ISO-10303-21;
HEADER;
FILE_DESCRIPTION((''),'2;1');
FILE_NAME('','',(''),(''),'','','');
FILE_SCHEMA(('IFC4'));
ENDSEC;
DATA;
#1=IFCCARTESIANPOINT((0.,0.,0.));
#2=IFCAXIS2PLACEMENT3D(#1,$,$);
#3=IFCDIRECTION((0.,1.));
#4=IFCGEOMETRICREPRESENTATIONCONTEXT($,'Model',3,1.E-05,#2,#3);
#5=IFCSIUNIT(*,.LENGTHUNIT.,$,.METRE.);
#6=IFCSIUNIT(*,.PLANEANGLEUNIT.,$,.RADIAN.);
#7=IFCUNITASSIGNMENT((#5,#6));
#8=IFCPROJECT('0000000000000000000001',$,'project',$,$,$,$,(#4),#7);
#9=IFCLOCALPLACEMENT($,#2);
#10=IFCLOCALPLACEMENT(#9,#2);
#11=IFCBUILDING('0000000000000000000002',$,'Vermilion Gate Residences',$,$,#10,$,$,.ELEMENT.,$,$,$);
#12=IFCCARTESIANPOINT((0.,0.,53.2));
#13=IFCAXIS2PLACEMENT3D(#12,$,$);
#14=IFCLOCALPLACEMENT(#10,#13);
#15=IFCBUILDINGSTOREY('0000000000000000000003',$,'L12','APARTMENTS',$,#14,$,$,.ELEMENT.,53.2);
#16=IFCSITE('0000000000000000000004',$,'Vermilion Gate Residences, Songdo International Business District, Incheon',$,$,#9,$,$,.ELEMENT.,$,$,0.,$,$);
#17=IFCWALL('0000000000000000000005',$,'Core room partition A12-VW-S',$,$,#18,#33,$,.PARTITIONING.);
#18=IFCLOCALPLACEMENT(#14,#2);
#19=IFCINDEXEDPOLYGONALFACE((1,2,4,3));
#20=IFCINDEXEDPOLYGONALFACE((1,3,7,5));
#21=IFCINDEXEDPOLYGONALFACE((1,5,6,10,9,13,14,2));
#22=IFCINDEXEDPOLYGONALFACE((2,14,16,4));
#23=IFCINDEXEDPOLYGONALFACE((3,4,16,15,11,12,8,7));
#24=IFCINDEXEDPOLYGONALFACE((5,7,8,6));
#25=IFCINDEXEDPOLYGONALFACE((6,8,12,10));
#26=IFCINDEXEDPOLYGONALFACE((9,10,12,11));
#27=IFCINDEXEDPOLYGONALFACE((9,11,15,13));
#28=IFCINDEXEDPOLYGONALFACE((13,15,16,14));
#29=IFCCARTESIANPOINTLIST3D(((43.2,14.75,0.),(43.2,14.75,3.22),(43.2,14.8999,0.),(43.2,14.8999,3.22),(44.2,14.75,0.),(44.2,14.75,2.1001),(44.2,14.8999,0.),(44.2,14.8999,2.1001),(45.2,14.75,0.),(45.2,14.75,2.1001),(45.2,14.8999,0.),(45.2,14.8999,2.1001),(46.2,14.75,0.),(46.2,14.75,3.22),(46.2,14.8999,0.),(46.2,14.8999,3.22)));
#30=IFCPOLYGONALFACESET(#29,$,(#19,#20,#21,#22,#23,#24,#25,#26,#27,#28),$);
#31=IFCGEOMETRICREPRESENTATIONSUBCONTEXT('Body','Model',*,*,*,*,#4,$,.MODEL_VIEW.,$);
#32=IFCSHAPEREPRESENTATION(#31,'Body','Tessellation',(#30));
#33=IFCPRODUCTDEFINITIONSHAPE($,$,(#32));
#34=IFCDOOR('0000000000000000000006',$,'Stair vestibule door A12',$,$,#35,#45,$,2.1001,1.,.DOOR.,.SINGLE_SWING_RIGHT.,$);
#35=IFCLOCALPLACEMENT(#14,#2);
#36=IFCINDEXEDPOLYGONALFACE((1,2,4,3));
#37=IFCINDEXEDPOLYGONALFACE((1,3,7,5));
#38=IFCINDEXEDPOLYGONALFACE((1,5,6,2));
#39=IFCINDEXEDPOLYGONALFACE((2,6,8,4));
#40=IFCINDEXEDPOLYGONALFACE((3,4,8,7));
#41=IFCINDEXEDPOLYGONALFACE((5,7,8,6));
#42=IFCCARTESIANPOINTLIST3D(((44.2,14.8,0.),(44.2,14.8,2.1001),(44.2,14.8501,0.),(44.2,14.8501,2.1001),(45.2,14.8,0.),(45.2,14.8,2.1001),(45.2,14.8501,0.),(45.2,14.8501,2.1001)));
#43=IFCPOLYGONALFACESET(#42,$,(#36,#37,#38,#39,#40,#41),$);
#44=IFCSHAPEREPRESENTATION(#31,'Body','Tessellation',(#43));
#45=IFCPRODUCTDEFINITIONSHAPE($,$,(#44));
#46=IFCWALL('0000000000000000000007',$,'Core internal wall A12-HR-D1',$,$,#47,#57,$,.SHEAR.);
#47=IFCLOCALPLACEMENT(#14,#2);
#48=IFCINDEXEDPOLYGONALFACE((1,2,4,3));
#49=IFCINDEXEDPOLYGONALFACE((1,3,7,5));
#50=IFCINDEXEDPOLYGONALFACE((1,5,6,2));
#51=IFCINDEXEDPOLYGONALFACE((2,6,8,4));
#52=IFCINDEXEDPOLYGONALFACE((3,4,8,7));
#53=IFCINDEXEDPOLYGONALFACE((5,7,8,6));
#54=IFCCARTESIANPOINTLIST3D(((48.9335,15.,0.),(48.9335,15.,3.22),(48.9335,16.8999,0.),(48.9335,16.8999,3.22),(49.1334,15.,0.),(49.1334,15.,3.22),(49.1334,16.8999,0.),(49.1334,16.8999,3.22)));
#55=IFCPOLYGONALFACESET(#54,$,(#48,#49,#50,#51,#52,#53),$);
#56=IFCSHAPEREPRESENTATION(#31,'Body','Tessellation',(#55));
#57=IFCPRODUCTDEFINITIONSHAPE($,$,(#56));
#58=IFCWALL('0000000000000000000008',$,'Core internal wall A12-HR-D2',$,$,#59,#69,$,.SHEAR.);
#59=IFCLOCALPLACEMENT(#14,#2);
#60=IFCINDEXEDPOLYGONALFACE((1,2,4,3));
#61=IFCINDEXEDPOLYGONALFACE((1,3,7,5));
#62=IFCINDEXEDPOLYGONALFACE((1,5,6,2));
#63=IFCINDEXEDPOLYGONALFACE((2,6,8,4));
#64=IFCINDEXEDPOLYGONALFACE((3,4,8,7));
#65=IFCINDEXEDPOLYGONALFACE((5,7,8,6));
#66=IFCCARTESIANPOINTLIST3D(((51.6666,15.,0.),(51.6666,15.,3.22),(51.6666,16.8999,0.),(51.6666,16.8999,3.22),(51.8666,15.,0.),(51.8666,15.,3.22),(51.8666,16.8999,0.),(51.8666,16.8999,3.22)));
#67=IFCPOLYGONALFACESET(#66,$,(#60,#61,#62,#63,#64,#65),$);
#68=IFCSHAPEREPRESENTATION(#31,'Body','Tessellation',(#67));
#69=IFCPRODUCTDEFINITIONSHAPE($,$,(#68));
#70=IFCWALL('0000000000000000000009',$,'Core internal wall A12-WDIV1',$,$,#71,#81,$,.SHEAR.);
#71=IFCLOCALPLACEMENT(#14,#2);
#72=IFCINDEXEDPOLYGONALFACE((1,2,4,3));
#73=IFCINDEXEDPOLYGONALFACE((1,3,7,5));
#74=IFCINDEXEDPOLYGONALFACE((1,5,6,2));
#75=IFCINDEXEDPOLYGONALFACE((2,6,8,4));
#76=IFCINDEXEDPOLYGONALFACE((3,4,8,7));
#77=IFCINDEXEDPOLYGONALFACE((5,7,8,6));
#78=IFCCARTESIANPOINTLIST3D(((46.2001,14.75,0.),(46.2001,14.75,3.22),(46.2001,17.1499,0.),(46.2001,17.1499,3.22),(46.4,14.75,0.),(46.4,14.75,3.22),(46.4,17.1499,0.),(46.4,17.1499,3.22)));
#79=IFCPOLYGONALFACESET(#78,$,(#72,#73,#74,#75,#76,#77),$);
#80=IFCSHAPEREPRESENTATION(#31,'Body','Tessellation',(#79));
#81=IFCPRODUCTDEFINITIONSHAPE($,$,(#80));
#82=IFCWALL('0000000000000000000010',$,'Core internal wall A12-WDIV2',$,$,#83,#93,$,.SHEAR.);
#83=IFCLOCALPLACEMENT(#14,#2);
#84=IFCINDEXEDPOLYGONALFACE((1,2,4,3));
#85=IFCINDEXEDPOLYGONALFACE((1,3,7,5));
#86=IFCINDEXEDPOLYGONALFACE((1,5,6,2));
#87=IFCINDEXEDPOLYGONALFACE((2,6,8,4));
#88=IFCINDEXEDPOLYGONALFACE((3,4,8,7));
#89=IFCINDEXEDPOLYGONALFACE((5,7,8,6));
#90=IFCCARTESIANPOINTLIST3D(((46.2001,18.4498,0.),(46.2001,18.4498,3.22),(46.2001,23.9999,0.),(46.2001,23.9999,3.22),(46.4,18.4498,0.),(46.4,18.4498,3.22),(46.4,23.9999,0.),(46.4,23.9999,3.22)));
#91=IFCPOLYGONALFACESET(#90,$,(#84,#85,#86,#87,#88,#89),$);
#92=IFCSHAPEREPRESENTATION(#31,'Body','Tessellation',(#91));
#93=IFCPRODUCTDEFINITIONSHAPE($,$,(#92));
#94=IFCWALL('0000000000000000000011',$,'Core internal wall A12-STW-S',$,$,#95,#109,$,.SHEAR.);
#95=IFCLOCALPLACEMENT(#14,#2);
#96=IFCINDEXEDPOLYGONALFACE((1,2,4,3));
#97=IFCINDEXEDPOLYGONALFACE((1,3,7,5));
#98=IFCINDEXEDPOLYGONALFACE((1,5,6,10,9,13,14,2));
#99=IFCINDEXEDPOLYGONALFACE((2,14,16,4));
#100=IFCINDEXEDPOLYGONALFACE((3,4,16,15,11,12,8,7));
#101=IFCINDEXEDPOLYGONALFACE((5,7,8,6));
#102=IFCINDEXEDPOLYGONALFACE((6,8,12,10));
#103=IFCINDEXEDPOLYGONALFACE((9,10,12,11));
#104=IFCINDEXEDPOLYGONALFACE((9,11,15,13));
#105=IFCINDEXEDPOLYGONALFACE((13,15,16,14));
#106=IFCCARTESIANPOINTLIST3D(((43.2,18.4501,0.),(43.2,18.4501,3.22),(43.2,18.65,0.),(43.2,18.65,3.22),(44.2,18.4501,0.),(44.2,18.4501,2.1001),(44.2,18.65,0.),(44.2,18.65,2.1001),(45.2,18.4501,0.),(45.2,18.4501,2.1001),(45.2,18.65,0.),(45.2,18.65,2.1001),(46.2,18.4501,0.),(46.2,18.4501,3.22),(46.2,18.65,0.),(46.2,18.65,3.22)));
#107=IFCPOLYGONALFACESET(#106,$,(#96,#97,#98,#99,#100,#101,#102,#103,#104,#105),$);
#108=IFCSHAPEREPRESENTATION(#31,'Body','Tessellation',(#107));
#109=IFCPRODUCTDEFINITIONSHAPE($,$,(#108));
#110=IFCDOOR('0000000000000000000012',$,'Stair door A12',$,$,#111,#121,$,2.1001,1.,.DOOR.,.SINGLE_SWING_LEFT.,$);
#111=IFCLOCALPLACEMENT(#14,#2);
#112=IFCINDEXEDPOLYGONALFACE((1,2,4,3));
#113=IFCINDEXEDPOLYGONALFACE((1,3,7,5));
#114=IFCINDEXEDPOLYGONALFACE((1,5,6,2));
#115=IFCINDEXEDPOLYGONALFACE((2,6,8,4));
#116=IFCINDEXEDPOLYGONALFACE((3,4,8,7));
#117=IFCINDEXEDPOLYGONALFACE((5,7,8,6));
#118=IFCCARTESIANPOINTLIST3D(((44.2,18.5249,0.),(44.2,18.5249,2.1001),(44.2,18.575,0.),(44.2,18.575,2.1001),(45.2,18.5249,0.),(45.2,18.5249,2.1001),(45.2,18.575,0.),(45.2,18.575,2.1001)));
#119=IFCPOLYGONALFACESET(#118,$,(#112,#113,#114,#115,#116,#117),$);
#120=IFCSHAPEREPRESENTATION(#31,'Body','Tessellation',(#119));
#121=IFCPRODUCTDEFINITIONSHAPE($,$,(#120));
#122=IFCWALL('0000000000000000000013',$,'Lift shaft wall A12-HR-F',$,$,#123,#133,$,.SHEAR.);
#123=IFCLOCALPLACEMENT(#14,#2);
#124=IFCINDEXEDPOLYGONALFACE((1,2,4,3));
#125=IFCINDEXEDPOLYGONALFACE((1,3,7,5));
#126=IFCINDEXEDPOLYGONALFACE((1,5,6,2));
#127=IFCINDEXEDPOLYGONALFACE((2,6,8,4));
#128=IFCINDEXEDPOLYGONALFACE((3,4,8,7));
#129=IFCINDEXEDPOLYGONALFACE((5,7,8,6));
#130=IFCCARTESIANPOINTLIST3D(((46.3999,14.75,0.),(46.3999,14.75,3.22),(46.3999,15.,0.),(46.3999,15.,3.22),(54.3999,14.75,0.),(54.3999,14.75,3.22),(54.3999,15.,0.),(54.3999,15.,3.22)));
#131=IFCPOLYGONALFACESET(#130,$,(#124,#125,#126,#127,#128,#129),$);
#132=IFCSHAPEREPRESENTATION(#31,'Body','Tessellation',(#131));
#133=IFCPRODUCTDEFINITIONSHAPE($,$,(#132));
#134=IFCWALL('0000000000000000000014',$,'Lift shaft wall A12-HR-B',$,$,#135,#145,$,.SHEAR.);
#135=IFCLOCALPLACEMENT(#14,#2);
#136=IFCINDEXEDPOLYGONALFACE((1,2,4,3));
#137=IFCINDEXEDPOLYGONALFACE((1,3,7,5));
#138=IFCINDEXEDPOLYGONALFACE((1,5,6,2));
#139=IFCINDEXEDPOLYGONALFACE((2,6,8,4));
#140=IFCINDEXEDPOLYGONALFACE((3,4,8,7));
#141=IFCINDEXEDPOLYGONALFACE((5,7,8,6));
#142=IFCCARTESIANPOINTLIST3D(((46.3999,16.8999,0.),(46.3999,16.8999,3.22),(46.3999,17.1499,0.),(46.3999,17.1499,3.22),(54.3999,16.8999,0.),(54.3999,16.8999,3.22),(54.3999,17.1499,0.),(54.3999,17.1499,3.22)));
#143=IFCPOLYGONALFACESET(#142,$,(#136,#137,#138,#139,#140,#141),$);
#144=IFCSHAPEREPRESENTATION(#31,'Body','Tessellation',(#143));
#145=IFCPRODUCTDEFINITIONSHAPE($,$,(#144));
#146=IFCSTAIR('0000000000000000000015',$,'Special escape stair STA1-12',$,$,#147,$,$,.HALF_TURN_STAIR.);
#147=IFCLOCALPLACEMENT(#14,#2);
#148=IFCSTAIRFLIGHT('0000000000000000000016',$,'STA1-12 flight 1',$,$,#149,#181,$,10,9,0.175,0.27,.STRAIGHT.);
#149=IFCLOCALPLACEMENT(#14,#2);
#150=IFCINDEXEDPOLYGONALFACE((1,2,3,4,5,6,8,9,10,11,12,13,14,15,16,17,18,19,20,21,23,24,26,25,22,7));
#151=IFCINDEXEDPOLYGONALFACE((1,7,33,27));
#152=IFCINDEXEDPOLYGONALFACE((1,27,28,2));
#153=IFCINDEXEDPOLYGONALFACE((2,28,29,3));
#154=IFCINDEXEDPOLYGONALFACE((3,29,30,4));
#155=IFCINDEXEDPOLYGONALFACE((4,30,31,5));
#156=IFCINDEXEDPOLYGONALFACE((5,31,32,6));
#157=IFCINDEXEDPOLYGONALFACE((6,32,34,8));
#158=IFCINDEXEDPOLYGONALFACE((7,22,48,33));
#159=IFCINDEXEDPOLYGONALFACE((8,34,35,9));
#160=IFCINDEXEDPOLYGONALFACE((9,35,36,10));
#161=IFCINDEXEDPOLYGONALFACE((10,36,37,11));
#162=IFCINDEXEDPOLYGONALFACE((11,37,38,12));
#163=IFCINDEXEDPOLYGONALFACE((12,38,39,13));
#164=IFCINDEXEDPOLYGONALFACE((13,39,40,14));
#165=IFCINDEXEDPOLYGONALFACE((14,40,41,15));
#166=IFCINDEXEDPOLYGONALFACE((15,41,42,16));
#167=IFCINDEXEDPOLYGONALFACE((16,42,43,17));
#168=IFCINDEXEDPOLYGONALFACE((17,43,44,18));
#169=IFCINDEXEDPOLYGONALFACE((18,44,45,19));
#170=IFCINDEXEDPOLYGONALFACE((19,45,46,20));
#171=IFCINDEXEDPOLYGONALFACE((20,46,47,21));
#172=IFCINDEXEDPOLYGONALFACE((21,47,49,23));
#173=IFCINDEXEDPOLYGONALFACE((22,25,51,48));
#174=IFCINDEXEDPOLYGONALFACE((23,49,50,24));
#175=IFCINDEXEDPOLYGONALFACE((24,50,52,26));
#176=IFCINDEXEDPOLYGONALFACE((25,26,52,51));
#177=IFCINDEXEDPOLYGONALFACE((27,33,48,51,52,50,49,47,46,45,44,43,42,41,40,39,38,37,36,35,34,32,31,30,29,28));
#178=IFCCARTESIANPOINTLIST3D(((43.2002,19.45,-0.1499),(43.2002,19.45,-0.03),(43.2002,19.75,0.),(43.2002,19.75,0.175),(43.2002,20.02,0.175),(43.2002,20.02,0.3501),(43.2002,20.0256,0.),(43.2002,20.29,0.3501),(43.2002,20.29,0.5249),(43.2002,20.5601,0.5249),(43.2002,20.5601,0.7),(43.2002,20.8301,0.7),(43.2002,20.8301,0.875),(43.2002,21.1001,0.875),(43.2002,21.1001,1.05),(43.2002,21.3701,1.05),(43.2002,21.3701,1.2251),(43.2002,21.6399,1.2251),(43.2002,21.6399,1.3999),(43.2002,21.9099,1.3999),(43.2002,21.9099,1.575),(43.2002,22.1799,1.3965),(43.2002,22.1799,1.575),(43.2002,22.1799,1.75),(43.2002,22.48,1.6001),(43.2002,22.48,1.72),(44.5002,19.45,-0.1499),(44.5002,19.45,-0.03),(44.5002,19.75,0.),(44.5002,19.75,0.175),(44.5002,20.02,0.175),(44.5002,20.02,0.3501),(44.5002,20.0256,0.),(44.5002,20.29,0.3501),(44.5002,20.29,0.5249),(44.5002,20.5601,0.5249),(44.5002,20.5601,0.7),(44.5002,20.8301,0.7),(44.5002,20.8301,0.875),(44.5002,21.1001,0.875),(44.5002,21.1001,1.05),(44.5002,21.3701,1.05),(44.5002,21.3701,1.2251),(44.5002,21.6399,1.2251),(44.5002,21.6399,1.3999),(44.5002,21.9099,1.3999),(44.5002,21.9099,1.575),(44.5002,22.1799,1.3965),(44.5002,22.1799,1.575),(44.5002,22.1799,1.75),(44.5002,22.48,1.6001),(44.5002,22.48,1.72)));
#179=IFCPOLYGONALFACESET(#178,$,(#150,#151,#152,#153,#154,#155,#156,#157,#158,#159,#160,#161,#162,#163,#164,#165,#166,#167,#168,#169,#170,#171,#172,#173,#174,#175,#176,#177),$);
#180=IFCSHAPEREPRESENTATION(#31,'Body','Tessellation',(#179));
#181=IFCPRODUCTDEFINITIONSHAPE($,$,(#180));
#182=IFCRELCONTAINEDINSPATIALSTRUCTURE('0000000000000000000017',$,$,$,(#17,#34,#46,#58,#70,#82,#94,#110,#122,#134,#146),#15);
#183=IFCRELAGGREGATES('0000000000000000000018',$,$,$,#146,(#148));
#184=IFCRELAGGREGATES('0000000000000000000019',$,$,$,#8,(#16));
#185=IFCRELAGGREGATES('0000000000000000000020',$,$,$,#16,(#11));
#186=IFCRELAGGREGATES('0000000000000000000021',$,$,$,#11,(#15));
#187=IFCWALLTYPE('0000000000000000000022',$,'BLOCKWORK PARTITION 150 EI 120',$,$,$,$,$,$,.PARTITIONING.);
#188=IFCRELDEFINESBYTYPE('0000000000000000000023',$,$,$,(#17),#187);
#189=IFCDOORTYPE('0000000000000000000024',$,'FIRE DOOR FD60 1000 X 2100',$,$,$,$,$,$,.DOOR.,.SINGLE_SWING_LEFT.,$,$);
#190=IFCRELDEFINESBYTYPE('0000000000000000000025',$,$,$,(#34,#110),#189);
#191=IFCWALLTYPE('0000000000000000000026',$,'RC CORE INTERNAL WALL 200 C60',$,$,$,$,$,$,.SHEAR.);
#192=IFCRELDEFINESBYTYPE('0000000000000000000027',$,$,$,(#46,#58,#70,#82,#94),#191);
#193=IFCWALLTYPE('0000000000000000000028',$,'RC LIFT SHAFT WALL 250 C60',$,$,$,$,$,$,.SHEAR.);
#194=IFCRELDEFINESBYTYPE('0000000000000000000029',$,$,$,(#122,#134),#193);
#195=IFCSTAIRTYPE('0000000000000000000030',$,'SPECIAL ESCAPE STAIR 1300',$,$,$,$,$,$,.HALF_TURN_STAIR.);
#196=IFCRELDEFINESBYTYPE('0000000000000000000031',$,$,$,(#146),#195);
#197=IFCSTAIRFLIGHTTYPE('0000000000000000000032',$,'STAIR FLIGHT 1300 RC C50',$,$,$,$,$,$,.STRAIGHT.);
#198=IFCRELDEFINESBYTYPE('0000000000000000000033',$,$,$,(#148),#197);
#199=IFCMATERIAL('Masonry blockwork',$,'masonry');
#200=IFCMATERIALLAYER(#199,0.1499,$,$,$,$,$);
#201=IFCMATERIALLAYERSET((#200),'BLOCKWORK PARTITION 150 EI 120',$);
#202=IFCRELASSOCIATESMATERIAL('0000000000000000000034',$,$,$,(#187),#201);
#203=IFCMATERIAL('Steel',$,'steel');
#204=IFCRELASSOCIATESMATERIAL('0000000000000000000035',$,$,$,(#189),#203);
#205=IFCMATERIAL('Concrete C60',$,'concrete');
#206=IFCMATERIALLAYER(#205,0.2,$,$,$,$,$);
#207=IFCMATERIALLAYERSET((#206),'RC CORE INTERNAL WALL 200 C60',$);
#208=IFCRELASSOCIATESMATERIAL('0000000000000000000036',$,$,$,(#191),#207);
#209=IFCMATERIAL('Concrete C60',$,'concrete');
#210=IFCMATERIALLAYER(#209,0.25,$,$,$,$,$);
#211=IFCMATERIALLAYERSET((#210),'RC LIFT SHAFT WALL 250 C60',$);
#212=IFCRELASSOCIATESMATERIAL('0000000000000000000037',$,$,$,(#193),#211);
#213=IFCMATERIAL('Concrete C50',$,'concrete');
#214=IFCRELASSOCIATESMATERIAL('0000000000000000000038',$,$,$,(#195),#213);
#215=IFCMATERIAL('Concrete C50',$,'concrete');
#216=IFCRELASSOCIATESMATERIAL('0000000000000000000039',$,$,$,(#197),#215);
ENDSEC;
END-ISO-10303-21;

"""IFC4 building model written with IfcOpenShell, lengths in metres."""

from ifc_helpers import new_model, si_unit, direction, frame, frame_2d, origin, place, context, subcontext, project, spatial, polyline, rectangle, outline, extrude, material, layer, layer_set, type_object, element, fill, aggregate, save


model = new_model("IFC4")

# Units and contexts
model_context = context("Model", 3, precision=1e-05, world=origin(), true_north=direction((0.0, 1.0)))
body_context = subcontext(model_context, "Body", "Model", "MODEL_VIEW")
ifc_project = project(units=[si_unit("LENGTHUNIT", "METRE"), si_unit("PLANEANGLEUNIT", "RADIAN")], contexts=[model_context])

# Site, building, storey
site_placement = place(None, origin())
site = spatial("IfcSite", under=ifc_project, at=site_placement, Name="Vermilion Gate Residences, Songdo International Business District, Incheon", CompositionType="ELEMENT", RefElevation=0.0)
building_placement = place(site_placement, origin())
building = spatial("IfcBuilding", under=site, at=building_placement, Name="Vermilion Gate Residences", CompositionType="ELEMENT")
storey_placement = place(building_placement, frame((0.0, 0.0, 53.2)))
storey = spatial("IfcBuildingStorey", under=building, at=storey_placement, Name="L12", Description="APARTMENTS", CompositionType="ELEMENT", Elevation=53.2)

# Wall, opening, door
ifc_material_1 = material(Name="Masonry blockwork", Category="masonry")
ifc_layer_1 = layer(ifc_material_1, 0.1499)
ifc_layer_set_1 = layer_set([ifc_layer_1], Name="BLOCKWORK PARTITION 150 EI 120")
wall_type_1 = type_object("IfcWallType", Name="BLOCKWORK PARTITION 150 EI 120", PredefinedType="PARTITIONING", material=ifc_layer_set_1)
wall_1_placement = place(storey_placement, frame((43.2, 14.825, 0.0), z_axis=(0.0, 0.0, 1.0), x_axis=(1.0, 0.0, 0.0)))
wall_1 = element("IfcWall", 1, at=wall_1_placement, inside=storey, type_object=wall_type_1, Name="Core room partition A12-VW-S", PredefinedType="PARTITIONING", context=body_context, shape_type="SweptSolid", body=[
    extrude(rectangle(XDim=3.0, YDim=0.1499, at=frame_2d((1.5, 0.0))), origin(), (0.0, 0.0, 1.0), 3.22),
])
opening_1_placement = place(wall_1_placement, frame((1.0, 0.0, 0.0)))
opening_1 = element("IfcOpeningElement", 2, at=opening_1_placement, cuts=wall_1, PredefinedType="OPENING", context=body_context, shape_type="SweptSolid", body=[
    extrude(rectangle(XDim=1.0, YDim=2.1001, at=frame_2d((0.5, 1.05))), frame((0.0, 0.085, 0.0), z_axis=(0.0, -1.0, 0.0), x_axis=(1.0, 0.0, 0.0)), (0.0, 0.0, 1.0), 0.1699),
])
ifc_material_2 = material(Name="Steel", Category="steel")
door_type = type_object("IfcDoorType", Name="FIRE DOOR FD60 1000 X 2100", OperationType="SINGLE_SWING_LEFT", PredefinedType="DOOR", material=ifc_material_2)
door_1_placement = place(opening_1_placement, frame((1.0, 0.0, 0.0), z_axis=(0.0, 0.0, 1.0), x_axis=(-1.0, 0.0, 0.0)))
door_1 = element("IfcDoor", 3, at=door_1_placement, inside=storey, type_object=door_type, Name="Stair vestibule door A12", OperationType="SINGLE_SWING_RIGHT", OverallHeight=2.1001, OverallWidth=1.0, PredefinedType="DOOR", context=body_context, shape_type="SweptSolid", body=[
    extrude(rectangle(XDim=1.0, YDim=2.1001, at=frame_2d((0.5, 1.05))), frame((0.0, 0.0249, 0.0), z_axis=(0.0, -1.0, 0.0), x_axis=(1.0, 0.0, 0.0)), (0.0, 0.0, 1.0), 0.05),
])
fill(opening_1, door_1)

# Walls
ifc_material_3 = material(Name="Concrete C60", Category="concrete")
ifc_layer_2 = layer(ifc_material_3, 0.2)
ifc_layer_set_2 = layer_set([ifc_layer_2], Name="RC CORE INTERNAL WALL 200 C60")
wall_type_2 = type_object("IfcWallType", Name="RC CORE INTERNAL WALL 200 C60", PredefinedType="SHEAR", material=ifc_layer_set_2)
for number, where, z_axis, x_axis, name in (
    (4, (49.0334, 15.0, 0.0), (0.0, 0.0, 1.0), (0.0, 1.0, 0.0), "Core internal wall A12-HR-D1"),
    (5, (51.7666, 15.0, 0.0), (0.0, 0.0, 1.0), (0.0, 1.0, 0.0), "Core internal wall A12-HR-D2"),
):
    element("IfcWall", number, at=place(storey_placement, frame(where, z_axis=z_axis, x_axis=x_axis)), inside=storey, type_object=wall_type_2, Name=name, PredefinedType="SHEAR", context=body_context, shape_type="SweptSolid", body=[
        extrude(rectangle(XDim=1.8999, YDim=0.2, at=frame_2d((0.95, 0.0))), origin(), (0.0, 0.0, 1.0), 3.22),
    ])
wall_2_placement = place(storey_placement, frame((46.3, 14.75, 0.0), z_axis=(0.0, 0.0, 1.0), x_axis=(0.0, 1.0, 0.0)))
element("IfcWall", 6, at=wall_2_placement, inside=storey, type_object=wall_type_2, Name="Core internal wall A12-WDIV1", PredefinedType="SHEAR", context=body_context, shape_type="SweptSolid", body=[
    extrude(rectangle(XDim=2.3999, YDim=0.2, at=frame_2d((1.2, 0.0))), origin(), (0.0, 0.0, 1.0), 3.22),
])
wall_3_placement = place(storey_placement, frame((46.3, 18.45, 0.0), z_axis=(0.0, 0.0, 1.0), x_axis=(0.0, 1.0, 0.0)))
element("IfcWall", 7, at=wall_3_placement, inside=storey, type_object=wall_type_2, Name="Core internal wall A12-WDIV2", PredefinedType="SHEAR", context=body_context, shape_type="SweptSolid", body=[
    extrude(rectangle(XDim=5.55, YDim=0.2, at=frame_2d((2.7749, 0.0))), origin(), (0.0, 0.0, 1.0), 3.22),
])

# Wall, opening, door
wall_4_placement = place(storey_placement, frame((43.2, 18.55, 0.0), z_axis=(0.0, 0.0, 1.0), x_axis=(1.0, 0.0, 0.0)))
wall_4 = element("IfcWall", 8, at=wall_4_placement, inside=storey, type_object=wall_type_2, Name="Core internal wall A12-STW-S", PredefinedType="SHEAR", context=body_context, shape_type="SweptSolid", body=[
    extrude(rectangle(XDim=3.0, YDim=0.2, at=frame_2d((1.5, 0.0))), origin(), (0.0, 0.0, 1.0), 3.22),
])
opening_2_placement = place(wall_4_placement, frame((1.0, 0.0, 0.0)))
opening_2 = element("IfcOpeningElement", 9, at=opening_2_placement, cuts=wall_4, PredefinedType="OPENING", context=body_context, shape_type="SweptSolid", body=[
    extrude(rectangle(XDim=1.0, YDim=2.1001, at=frame_2d((0.5, 1.05))), frame((0.0, 0.1099, 0.0), z_axis=(0.0, -1.0, 0.0), x_axis=(1.0, 0.0, 0.0)), (0.0, 0.0, 1.0), 0.22),
])
door_2_placement = place(opening_2_placement, origin())
door_2 = element("IfcDoor", 10, at=door_2_placement, inside=storey, type_object=door_type, Name="Stair door A12", OperationType="SINGLE_SWING_LEFT", OverallHeight=2.1001, OverallWidth=1.0, PredefinedType="DOOR", context=body_context, shape_type="SweptSolid", body=[
    extrude(rectangle(XDim=1.0, YDim=2.1001, at=frame_2d((0.5, 1.05))), frame((0.0, 0.0249, 0.0), z_axis=(0.0, -1.0, 0.0), x_axis=(1.0, 0.0, 0.0)), (0.0, 0.0, 1.0), 0.05),
])
fill(opening_2, door_2)

# Walls
ifc_material_4 = material(Name="Concrete C60", Category="concrete")
ifc_layer_3 = layer(ifc_material_4, 0.25)
ifc_layer_set_3 = layer_set([ifc_layer_3], Name="RC LIFT SHAFT WALL 250 C60")
wall_type_3 = type_object("IfcWallType", Name="RC LIFT SHAFT WALL 250 C60", PredefinedType="SHEAR", material=ifc_layer_set_3)
for number, where, z_axis, x_axis, name in (
    (11, (46.3999, 14.875, 0.0), (0.0, 0.0, 1.0), (1.0, 0.0, 0.0), "Lift shaft wall A12-HR-F"),
    (12, (46.3999, 17.0249, 0.0), (0.0, 0.0, 1.0), (1.0, 0.0, 0.0), "Lift shaft wall A12-HR-B"),
):
    element("IfcWall", number, at=place(storey_placement, frame(where, z_axis=z_axis, x_axis=x_axis)), inside=storey, type_object=wall_type_3, Name=name, PredefinedType="SHEAR", context=body_context, shape_type="SweptSolid", body=[
        extrude(rectangle(XDim=8.0, YDim=0.25, at=frame_2d((4.0, 0.0))), origin(), (0.0, 0.0, 1.0), 3.22),
    ])

# Stair, stair flight
ifc_material_5 = material(Name="Concrete C50", Category="concrete")
stair_type = type_object("IfcStairType", Name="SPECIAL ESCAPE STAIR 1300", PredefinedType="HALF_TURN_STAIR", material=ifc_material_5)
stair_placement = place(storey_placement, origin())
stair = element("IfcStair", 13, at=stair_placement, inside=storey, type_object=stair_type, Name="Special escape stair STA1-12", PredefinedType="HALF_TURN_STAIR")
ifc_material_6 = material(Name="Concrete C50", Category="concrete")
stair_flight_type = type_object("IfcStairFlightType", Name="STAIR FLIGHT 1300 RC C50", PredefinedType="STRAIGHT", material=ifc_material_6)
stair_flight_placement = place(storey_placement, frame((43.8501, 19.75, 0.0), z_axis=(0.0, 0.0, 1.0), x_axis=(0.0, 1.0, 0.0)))
stair_flight = element("IfcStairFlight", 14, at=stair_flight_placement, type_object=stair_flight_type, Name="STA1-12 flight 1", NumberOfRisers=10, NumberOfTreads=9, PredefinedType="STRAIGHT", RiserHeight=0.175, TreadLength=0.27, context=body_context, shape_type="SweptSolid", body=[
    extrude(outline(polyline([(-0.3, -0.1499), (-0.3, -0.03), (0.0, 0.0), (0.0, 0.175), (0.27, 0.175), (0.27, 0.3501), (0.54, 0.3501), (0.54, 0.5249), (0.8101, 0.5249), (0.8101, 0.7), (1.0801, 0.7), (1.0801, 0.875), (1.3501, 0.875), (1.3501, 1.05), (1.6201, 1.05), (1.6201, 1.2251), (1.8899, 1.2251), (1.8899, 1.3999), (2.1599, 1.3999), (2.1599, 1.575), (2.4299, 1.575), (2.4299, 1.75), (2.73, 1.72), (2.73, 1.6001), (2.4299, 1.3965), (0.2756, 0.0), (-0.3, -0.1499)])), frame((0.0, 0.6499, 0.0), z_axis=(0.0, -1.0, 0.0), x_axis=(1.0, 0.0, 0.0)), (0.0, 0.0, 1.0), 1.3),
])
aggregate(stair, [stair_flight])

save(model, "model.ifc")
